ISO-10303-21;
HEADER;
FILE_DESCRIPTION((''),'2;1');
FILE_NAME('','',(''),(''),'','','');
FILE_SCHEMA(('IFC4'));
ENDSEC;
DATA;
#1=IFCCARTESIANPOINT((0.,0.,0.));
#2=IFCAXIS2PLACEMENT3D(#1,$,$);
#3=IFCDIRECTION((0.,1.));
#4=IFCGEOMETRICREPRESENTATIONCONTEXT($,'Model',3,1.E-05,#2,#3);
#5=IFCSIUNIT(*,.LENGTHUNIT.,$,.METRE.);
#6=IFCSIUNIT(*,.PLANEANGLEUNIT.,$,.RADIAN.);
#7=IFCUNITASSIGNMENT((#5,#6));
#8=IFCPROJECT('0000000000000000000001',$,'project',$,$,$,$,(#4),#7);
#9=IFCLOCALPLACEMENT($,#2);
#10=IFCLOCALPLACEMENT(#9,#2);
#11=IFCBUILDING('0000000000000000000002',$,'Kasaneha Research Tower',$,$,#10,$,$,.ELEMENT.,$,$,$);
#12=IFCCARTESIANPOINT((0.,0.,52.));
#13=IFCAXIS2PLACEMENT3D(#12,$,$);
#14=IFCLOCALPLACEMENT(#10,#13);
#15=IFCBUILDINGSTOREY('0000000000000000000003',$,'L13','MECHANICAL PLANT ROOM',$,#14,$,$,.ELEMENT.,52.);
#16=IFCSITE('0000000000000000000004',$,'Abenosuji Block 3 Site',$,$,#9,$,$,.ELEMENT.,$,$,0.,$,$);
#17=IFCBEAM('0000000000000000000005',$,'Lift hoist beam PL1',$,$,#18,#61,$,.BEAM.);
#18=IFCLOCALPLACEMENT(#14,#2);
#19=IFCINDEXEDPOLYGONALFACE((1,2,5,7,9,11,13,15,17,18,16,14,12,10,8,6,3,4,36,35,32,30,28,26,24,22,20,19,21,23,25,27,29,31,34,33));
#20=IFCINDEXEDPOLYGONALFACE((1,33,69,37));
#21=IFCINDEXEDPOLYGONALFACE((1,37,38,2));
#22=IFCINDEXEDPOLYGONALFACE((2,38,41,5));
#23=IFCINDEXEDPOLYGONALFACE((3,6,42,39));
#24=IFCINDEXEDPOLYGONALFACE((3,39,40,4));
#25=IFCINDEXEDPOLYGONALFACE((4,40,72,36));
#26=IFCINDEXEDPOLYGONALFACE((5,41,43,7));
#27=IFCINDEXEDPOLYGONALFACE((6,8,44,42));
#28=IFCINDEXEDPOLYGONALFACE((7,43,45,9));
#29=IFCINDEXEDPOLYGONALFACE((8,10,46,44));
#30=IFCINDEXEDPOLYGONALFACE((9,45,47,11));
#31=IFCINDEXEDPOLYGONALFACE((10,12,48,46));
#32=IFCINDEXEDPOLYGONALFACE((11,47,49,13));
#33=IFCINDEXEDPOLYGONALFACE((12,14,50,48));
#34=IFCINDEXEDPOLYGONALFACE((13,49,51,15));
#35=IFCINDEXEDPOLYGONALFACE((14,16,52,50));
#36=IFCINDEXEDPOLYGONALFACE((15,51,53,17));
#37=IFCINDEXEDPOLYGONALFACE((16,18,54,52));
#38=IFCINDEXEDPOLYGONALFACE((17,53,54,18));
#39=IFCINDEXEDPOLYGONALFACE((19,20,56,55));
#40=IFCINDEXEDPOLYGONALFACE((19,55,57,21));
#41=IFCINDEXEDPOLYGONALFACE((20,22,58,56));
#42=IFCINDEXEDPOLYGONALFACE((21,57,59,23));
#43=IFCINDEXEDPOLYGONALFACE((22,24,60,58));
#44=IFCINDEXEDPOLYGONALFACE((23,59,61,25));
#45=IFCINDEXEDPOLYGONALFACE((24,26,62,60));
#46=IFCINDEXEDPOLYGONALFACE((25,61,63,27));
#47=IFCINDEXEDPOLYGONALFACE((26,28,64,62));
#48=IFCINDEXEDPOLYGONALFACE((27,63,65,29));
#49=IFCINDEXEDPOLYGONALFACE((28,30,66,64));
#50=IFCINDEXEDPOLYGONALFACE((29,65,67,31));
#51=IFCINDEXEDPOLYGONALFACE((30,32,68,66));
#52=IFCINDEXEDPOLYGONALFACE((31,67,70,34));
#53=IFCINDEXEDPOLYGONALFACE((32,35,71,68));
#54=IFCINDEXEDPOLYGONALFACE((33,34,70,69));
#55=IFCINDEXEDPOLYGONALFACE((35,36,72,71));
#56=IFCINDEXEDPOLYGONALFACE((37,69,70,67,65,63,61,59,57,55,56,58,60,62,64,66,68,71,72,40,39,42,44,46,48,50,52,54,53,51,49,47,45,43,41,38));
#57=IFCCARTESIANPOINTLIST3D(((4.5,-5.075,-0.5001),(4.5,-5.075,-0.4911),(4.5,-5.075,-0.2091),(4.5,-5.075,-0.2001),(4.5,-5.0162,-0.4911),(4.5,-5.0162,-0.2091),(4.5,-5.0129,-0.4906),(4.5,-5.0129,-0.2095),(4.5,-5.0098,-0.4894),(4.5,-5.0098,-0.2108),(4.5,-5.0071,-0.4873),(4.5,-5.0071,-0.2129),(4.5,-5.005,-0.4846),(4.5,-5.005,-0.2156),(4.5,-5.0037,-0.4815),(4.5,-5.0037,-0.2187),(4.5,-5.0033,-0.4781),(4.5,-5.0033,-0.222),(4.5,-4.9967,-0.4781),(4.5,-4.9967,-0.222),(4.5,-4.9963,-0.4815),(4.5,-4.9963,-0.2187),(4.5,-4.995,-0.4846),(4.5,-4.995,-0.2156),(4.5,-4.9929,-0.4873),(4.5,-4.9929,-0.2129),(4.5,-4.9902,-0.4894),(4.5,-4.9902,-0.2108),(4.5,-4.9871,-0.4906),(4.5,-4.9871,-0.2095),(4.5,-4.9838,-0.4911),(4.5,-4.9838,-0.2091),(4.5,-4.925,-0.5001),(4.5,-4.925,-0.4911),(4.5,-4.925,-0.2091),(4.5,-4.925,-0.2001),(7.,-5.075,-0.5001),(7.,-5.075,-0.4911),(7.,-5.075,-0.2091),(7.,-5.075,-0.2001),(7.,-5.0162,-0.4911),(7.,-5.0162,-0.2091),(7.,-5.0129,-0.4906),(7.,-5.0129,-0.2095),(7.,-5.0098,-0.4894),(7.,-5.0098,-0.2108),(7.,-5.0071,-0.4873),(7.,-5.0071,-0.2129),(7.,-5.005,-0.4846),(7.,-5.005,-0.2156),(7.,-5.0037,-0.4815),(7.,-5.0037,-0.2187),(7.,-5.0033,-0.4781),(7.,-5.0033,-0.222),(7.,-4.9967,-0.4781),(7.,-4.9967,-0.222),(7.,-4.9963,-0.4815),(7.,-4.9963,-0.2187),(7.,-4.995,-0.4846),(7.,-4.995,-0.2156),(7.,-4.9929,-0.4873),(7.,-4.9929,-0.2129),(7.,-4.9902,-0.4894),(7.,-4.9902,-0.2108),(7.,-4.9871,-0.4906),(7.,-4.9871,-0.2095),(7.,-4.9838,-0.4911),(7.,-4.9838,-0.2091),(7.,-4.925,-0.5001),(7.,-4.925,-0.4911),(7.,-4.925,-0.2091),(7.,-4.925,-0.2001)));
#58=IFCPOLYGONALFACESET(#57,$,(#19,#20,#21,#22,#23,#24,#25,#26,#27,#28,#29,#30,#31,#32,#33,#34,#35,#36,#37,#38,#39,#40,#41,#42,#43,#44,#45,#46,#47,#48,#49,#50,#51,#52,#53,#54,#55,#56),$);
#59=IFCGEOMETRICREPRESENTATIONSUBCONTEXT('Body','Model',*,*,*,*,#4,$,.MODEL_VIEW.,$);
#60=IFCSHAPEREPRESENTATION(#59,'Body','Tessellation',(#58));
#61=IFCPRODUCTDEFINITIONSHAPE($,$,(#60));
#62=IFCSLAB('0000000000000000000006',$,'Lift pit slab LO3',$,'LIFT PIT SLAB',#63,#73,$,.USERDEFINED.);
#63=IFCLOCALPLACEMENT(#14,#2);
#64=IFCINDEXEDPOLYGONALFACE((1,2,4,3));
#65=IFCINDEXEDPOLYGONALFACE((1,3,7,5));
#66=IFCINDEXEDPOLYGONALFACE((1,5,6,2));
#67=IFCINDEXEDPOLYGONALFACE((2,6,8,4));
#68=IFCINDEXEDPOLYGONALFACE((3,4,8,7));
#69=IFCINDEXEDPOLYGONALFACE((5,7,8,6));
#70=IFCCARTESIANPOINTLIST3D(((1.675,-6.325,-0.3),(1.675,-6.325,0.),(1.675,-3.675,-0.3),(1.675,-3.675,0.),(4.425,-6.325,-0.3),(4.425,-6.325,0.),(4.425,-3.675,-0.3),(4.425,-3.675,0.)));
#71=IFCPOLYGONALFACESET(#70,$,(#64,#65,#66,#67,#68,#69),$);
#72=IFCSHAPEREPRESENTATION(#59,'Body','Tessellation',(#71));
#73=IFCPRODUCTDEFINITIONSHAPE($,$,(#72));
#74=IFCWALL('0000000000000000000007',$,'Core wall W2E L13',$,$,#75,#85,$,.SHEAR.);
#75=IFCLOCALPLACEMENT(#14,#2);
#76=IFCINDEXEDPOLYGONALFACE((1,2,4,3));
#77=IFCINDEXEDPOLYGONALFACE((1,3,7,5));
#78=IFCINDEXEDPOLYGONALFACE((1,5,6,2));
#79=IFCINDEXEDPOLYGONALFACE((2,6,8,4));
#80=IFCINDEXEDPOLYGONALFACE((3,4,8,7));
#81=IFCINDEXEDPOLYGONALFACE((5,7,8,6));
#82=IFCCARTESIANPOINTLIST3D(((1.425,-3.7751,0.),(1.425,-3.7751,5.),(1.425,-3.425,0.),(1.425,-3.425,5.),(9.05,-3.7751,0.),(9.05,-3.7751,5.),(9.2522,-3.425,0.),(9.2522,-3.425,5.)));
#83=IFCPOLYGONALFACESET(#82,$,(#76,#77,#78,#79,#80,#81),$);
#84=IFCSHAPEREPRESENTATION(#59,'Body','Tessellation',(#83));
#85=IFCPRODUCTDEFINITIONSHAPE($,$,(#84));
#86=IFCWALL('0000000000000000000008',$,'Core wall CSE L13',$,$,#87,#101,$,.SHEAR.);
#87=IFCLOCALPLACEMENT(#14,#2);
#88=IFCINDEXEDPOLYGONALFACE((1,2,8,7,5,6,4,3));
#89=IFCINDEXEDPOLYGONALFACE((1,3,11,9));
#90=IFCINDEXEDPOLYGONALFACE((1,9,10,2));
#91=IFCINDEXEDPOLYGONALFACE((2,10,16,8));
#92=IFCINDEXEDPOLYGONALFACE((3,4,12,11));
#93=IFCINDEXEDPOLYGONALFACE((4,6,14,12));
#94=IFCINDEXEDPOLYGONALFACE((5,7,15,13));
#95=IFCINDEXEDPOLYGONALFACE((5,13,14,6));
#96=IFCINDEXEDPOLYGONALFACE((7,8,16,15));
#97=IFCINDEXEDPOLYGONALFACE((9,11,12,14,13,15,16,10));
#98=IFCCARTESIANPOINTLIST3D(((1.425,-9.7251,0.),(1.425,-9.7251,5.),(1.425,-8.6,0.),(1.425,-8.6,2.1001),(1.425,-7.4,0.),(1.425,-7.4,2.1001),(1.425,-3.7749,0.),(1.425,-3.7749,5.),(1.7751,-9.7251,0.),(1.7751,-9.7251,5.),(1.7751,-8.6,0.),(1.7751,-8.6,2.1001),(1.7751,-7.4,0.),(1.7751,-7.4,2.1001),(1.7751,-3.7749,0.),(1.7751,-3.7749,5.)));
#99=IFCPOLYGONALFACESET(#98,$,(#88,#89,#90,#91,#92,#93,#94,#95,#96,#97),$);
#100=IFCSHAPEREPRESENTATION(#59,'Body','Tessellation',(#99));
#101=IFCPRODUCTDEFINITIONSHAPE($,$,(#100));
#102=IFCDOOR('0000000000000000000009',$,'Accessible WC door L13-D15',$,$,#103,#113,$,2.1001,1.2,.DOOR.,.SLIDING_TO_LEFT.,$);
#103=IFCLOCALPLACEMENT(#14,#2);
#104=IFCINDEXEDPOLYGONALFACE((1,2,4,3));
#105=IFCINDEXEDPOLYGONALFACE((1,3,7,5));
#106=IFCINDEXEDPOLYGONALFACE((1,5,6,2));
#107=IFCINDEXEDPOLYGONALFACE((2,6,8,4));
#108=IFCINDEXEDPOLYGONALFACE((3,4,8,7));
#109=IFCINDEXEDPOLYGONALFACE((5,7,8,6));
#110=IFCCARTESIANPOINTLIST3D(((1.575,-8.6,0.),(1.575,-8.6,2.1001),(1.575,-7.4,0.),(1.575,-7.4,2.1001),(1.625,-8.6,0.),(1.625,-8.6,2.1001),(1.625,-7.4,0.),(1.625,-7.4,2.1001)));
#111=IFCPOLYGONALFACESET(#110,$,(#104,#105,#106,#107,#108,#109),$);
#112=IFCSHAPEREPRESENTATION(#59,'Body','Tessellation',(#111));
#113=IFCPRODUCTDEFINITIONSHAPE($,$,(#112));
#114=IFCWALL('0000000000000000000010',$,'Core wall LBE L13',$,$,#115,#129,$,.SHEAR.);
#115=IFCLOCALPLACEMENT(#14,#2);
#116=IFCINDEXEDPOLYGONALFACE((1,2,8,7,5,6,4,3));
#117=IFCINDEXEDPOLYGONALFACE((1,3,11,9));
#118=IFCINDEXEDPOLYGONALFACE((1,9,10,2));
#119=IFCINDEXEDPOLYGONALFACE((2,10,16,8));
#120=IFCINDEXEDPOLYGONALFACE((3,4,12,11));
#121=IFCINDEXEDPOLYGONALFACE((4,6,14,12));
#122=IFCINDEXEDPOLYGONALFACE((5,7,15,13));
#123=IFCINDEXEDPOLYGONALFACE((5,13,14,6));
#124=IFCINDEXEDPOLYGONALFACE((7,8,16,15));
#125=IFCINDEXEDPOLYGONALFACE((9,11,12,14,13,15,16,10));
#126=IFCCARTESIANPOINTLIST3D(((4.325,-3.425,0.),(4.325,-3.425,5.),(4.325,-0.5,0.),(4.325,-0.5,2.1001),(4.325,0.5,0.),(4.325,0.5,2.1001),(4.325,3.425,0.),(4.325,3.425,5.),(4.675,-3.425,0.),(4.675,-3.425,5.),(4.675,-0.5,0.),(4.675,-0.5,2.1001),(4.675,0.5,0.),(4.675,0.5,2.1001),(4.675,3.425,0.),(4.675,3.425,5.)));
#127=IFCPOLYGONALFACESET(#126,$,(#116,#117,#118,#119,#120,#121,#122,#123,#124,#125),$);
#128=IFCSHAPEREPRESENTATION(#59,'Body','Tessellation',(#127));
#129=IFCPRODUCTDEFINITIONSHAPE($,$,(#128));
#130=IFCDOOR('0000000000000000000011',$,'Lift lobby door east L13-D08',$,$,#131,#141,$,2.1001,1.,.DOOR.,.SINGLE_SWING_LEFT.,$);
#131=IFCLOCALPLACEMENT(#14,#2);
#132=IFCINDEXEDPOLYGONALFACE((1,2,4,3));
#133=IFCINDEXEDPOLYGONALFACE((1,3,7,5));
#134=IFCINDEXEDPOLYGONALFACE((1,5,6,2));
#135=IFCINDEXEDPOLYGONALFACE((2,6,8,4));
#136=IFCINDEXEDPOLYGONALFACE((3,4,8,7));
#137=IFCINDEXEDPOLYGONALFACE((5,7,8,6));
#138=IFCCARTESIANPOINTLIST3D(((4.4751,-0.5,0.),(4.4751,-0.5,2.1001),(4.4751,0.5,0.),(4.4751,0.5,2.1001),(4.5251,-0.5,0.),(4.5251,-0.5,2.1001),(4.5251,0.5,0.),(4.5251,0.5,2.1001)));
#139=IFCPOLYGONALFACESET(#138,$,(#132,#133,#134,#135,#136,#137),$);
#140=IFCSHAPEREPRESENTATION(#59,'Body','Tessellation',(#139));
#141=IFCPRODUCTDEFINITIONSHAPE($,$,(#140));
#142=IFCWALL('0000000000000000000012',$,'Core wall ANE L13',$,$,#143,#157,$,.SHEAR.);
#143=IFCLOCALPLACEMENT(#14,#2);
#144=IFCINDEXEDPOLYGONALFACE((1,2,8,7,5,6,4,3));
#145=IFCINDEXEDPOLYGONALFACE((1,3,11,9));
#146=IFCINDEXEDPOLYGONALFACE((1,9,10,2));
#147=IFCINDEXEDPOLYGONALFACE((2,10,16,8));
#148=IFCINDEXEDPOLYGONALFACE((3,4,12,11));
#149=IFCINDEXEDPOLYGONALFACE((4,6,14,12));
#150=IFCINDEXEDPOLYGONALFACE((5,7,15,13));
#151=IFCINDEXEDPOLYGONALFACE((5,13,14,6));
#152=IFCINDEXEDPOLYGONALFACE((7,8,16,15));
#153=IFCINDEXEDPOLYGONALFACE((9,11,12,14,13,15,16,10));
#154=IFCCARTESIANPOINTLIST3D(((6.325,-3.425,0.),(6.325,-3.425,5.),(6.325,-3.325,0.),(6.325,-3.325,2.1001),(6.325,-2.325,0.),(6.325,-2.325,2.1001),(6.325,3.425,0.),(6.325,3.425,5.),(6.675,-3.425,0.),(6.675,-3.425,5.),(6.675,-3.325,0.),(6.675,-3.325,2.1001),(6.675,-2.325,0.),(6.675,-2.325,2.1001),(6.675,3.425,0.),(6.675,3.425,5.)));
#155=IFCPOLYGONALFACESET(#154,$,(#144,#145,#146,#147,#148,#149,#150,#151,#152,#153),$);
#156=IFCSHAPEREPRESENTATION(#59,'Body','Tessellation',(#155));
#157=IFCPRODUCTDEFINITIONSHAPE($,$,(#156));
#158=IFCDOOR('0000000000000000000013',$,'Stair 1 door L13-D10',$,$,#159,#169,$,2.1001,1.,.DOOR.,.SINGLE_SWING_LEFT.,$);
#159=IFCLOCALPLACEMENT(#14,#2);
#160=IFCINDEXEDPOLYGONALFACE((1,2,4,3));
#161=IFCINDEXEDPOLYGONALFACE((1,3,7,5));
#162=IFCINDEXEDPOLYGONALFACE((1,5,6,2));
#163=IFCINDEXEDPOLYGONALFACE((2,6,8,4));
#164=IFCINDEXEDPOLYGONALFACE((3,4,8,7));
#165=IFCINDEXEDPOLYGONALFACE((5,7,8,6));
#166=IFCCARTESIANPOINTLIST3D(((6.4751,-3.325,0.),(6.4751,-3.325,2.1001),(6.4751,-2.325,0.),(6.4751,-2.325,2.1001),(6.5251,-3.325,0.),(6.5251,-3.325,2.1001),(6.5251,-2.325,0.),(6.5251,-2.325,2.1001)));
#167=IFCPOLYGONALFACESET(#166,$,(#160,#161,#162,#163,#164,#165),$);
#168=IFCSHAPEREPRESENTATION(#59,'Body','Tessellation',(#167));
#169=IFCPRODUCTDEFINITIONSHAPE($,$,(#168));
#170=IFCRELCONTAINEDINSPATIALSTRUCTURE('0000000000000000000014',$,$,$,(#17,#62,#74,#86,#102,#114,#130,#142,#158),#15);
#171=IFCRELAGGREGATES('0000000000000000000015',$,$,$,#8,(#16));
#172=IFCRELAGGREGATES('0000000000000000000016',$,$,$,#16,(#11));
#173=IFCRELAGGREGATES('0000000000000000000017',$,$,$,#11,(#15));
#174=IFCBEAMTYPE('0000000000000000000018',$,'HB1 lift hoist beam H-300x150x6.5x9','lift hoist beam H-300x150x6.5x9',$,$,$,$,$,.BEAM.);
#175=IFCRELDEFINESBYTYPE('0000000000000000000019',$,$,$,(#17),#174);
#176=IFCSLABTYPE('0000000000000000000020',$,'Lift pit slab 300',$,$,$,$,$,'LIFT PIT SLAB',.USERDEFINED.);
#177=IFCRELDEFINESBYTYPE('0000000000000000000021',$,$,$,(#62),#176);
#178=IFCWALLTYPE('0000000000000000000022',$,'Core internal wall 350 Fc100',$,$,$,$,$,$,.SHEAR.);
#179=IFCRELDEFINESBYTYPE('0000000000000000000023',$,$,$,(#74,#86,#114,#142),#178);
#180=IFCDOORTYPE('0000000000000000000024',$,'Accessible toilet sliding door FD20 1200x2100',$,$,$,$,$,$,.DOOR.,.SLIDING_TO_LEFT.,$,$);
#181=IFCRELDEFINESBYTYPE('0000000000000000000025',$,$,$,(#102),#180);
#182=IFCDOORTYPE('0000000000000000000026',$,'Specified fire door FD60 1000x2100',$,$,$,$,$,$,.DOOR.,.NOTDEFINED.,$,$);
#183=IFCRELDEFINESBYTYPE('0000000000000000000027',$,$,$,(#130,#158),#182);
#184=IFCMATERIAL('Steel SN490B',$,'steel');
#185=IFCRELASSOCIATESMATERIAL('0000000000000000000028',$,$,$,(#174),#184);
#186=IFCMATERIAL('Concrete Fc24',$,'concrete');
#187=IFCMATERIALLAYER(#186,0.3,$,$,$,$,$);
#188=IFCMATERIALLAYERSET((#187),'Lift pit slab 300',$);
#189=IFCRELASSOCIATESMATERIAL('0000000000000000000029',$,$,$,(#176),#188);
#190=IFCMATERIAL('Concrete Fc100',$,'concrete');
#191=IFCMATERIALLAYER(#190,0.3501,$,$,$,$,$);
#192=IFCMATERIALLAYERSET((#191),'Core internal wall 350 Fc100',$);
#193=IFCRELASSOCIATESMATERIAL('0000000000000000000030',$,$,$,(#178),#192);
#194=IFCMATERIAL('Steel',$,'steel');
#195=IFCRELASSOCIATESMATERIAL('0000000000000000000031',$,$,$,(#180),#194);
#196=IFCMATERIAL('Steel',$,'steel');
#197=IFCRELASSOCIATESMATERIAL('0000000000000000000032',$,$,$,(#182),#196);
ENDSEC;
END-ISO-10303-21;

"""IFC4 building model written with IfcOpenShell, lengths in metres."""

from ifc_helpers import new_model, si_unit, direction, frame, frame_2d, origin, origin_2d, place, context, subcontext, project, spatial, polyline, rectangle, i_section, outline, extrude, material, layer, layer_set, material_profile, profile_set, type_object, element, fill, save


model = new_model("IFC4")

# Units and contexts
model_context = context("Model", 3, precision=1e-05, world=origin(), true_north=direction((0.0, 1.0)))
body_context = subcontext(model_context, "Body", "Model", "MODEL_VIEW")
ifc_project = project(units=[si_unit("LENGTHUNIT", "METRE"), si_unit("PLANEANGLEUNIT", "RADIAN")], contexts=[model_context])

# Site, building, storey
site_placement = place(None, origin())
site = spatial("IfcSite", under=ifc_project, at=site_placement, Name="Abenosuji Block 3 Site", CompositionType="ELEMENT", RefElevation=0.0)
building_placement = place(site_placement, origin())
building = spatial("IfcBuilding", under=site, at=building_placement, Name="Kasaneha Research Tower", CompositionType="ELEMENT")
storey_placement = place(building_placement, frame((0.0, 0.0, 52.0)))
storey = spatial("IfcBuildingStorey", under=building, at=storey_placement, Name="L13", Description="MECHANICAL PLANT ROOM", CompositionType="ELEMENT", Elevation=52.0)

# Beam
ifc_material_1 = material(Name="Steel SN490B", Category="steel")
ifc_material_profile = material_profile(ifc_material_1, i_section(OverallWidth=0.1499, OverallDepth=0.3, WebThickness=0.0066, FlangeThickness=0.009, FilletRadius=0.0129, at=origin_2d()), Name="H-300x150x6.5x9")
ifc_profile_set = profile_set([ifc_material_profile], Name="Steel SN490B")
beam_type = type_object("IfcBeamType", Name="HB1 lift hoist beam H-300x150x6.5x9", Description="lift hoist beam H-300x150x6.5x9", PredefinedType="BEAM", material=ifc_profile_set)
beam_placement = place(storey_placement, frame((4.5, -5.0, -0.3501), z_axis=(1.0, 0.0, 0.0), x_axis=(0.0, 1.0, 0.0)))
element("IfcBeam", 1, at=beam_placement, inside=storey, type_object=beam_type, Name="Lift hoist beam PL1", PredefinedType="BEAM", context=body_context, shape_type="SweptSolid", body=[
    extrude(i_section(OverallWidth=0.1499, OverallDepth=0.3, WebThickness=0.0066, FlangeThickness=0.009, FilletRadius=0.0129, at=origin_2d()), origin(), (0.0, 0.0, 1.0), 2.5),
])

# Slab
ifc_material_2 = material(Name="Concrete Fc24", Category="concrete")
ifc_layer_1 = layer(ifc_material_2, 0.3)
ifc_layer_set_1 = layer_set([ifc_layer_1], Name="Lift pit slab 300")
slab_type = type_object("IfcSlabType", Name="Lift pit slab 300", ElementType="LIFT PIT SLAB", PredefinedType="USERDEFINED", material=ifc_layer_set_1)
slab_placement = place(storey_placement, frame((0.0, 0.0, -0.3)))
element("IfcSlab", 2, at=slab_placement, inside=storey, type_object=slab_type, Name="Lift pit slab LO3", ObjectType="LIFT PIT SLAB", PredefinedType="USERDEFINED", context=body_context, shape_type="SweptSolid", body=[
    extrude(outline(polyline([(4.425, -6.325), (1.675, -6.325), (1.675, -3.675), (4.425, -3.675), (4.425, -6.325)])), origin(), (0.0, 0.0, 1.0), 0.3),
])

# Wall
ifc_material_3 = material(Name="Concrete Fc100", Category="concrete")
ifc_layer_2 = layer(ifc_material_3, 0.3501)
ifc_layer_set_2 = layer_set([ifc_layer_2], Name="Core internal wall 350 Fc100")
wall_type_1 = type_object("IfcWallType", Name="Core internal wall 350 Fc100", PredefinedType="SHEAR", material=ifc_layer_set_2)
wall_1_placement = place(storey_placement, frame((1.425, -3.6001, 0.0), z_axis=(0.0, 0.0, 1.0), x_axis=(1.0, 0.0, 0.0)))
element("IfcWall", 3, at=wall_1_placement, inside=storey, type_object=wall_type_1, Name="Core wall W2E L13", PredefinedType="SHEAR", context=body_context, shape_type="SweptSolid", body=[
    extrude(outline(polyline([(0.0, -0.175), (7.625, -0.175), (7.8271, 0.175), (0.0, 0.175), (0.0, -0.175)])), origin(), (0.0, 0.0, 1.0), 5.0),
])

# Walls, openings, doors
wall_2_placement = place(storey_placement, frame((1.6001, -3.7749, 0.0), z_axis=(0.0, 0.0, 1.0), x_axis=(0.0, -1.0, 0.0)))
wall_2 = element("IfcWall", 4, at=wall_2_placement, inside=storey, type_object=wall_type_1, Name="Core wall CSE L13", PredefinedType="SHEAR", context=body_context, shape_type="SweptSolid", body=[
    extrude(rectangle(XDim=5.9502, YDim=0.3501, at=frame_2d((2.9751, 0.0))), origin(), (0.0, 0.0, 1.0), 5.0),
])
opening_1_placement = place(wall_2_placement, frame((3.625, 0.0, 0.0)))
opening_1 = element("IfcOpeningElement", 5, at=opening_1_placement, cuts=wall_2, PredefinedType="OPENING", context=body_context, shape_type="SweptSolid", body=[
    extrude(rectangle(XDim=1.2, YDim=2.1001, at=frame_2d((0.6001, 1.05))), frame((0.0, 0.1851, 0.0), z_axis=(0.0, -1.0, 0.0), x_axis=(1.0, 0.0, 0.0)), (0.0, 0.0, 1.0), 0.3701),
])
ifc_material_4 = material(Name="Steel", Category="steel")
door_type_1 = type_object("IfcDoorType", Name="Accessible toilet sliding door FD20 1200x2100", OperationType="SLIDING_TO_LEFT", PredefinedType="DOOR", material=ifc_material_4)
door_1_placement = place(opening_1_placement, origin())
door_1 = element("IfcDoor", 6, at=door_1_placement, inside=storey, type_object=door_type_1, Name="Accessible WC door L13-D15", OperationType="SLIDING_TO_LEFT", OverallHeight=2.1001, OverallWidth=1.2, PredefinedType="DOOR", context=body_context, shape_type="SweptSolid", body=[
    extrude(rectangle(XDim=1.2, YDim=2.1001, at=frame_2d((0.6001, 1.05))), frame((0.0, 0.0249, 0.0), z_axis=(0.0, -1.0, 0.0), x_axis=(1.0, 0.0, 0.0)), (0.0, 0.0, 1.0), 0.05),
])
fill(opening_1, door_1)
wall_3_placement = place(storey_placement, frame((4.5, -3.425, 0.0), z_axis=(0.0, 0.0, 1.0), x_axis=(0.0, 1.0, 0.0)))
wall_3 = element("IfcWall", 7, at=wall_3_placement, inside=storey, type_object=wall_type_1, Name="Core wall LBE L13", PredefinedType="SHEAR", context=body_context, shape_type="SweptSolid", body=[
    extrude(rectangle(XDim=6.8501, YDim=0.3501, at=frame_2d((3.425, 0.0))), origin(), (0.0, 0.0, 1.0), 5.0),
])
opening_2_placement = place(wall_3_placement, frame((2.925, 0.0, 0.0)))
opening_2 = element("IfcOpeningElement", 8, at=opening_2_placement, cuts=wall_3, PredefinedType="OPENING", context=body_context, shape_type="SweptSolid", body=[
    extrude(rectangle(XDim=1.0, YDim=2.1001, at=frame_2d((0.5, 1.05))), frame((0.0, 0.1851, 0.0), z_axis=(0.0, -1.0, 0.0), x_axis=(1.0, 0.0, 0.0)), (0.0, 0.0, 1.0), 0.3701),
])
ifc_material_5 = material(Name="Steel", Category="steel")
door_type_2 = type_object("IfcDoorType", Name="Specified fire door FD60 1000x2100", OperationType="NOTDEFINED", PredefinedType="DOOR", material=ifc_material_5)
door_2_placement = place(opening_2_placement, origin())
door_2 = element("IfcDoor", 9, at=door_2_placement, inside=storey, type_object=door_type_2, Name="Lift lobby door east L13-D08", OperationType="SINGLE_SWING_LEFT", OverallHeight=2.1001, OverallWidth=1.0, PredefinedType="DOOR", context=body_context, shape_type="SweptSolid", body=[
    extrude(rectangle(XDim=1.0, YDim=2.1001, at=frame_2d((0.5, 1.05))), frame((0.0, 0.0249, 0.0), z_axis=(0.0, -1.0, 0.0), x_axis=(1.0, 0.0, 0.0)), (0.0, 0.0, 1.0), 0.05),
])
fill(opening_2, door_2)
wall_4_placement = place(storey_placement, frame((6.5, -3.425, 0.0), z_axis=(0.0, 0.0, 1.0), x_axis=(0.0, 1.0, 0.0)))
wall_4 = element("IfcWall", 10, at=wall_4_placement, inside=storey, type_object=wall_type_1, Name="Core wall ANE L13", PredefinedType="SHEAR", context=body_context, shape_type="SweptSolid", body=[
    extrude(rectangle(XDim=6.8501, YDim=0.3501, at=frame_2d((3.425, 0.0))), origin(), (0.0, 0.0, 1.0), 5.0),
])
opening_3_placement = place(wall_4_placement, frame((0.1001, 0.0, 0.0)))
opening_3 = element("IfcOpeningElement", 11, at=opening_3_placement, cuts=wall_4, PredefinedType="OPENING", context=body_context, shape_type="SweptSolid", body=[
    extrude(rectangle(XDim=1.0, YDim=2.1001, at=frame_2d((0.5, 1.05))), frame((0.0, 0.1851, 0.0), z_axis=(0.0, -1.0, 0.0), x_axis=(1.0, 0.0, 0.0)), (0.0, 0.0, 1.0), 0.3701),
])
door_3_placement = place(opening_3_placement, origin())
door_3 = element("IfcDoor", 12, at=door_3_placement, inside=storey, type_object=door_type_2, Name="Stair 1 door L13-D10", OperationType="SINGLE_SWING_LEFT", OverallHeight=2.1001, OverallWidth=1.0, PredefinedType="DOOR", context=body_context, shape_type="SweptSolid", body=[
    extrude(rectangle(XDim=1.0, YDim=2.1001, at=frame_2d((0.5, 1.05))), frame((0.0, 0.0249, 0.0), z_axis=(0.0, -1.0, 0.0), x_axis=(1.0, 0.0, 0.0)), (0.0, 0.0, 1.0), 0.05),
])
fill(opening_3, door_3)

save(model, "model.ifc")
